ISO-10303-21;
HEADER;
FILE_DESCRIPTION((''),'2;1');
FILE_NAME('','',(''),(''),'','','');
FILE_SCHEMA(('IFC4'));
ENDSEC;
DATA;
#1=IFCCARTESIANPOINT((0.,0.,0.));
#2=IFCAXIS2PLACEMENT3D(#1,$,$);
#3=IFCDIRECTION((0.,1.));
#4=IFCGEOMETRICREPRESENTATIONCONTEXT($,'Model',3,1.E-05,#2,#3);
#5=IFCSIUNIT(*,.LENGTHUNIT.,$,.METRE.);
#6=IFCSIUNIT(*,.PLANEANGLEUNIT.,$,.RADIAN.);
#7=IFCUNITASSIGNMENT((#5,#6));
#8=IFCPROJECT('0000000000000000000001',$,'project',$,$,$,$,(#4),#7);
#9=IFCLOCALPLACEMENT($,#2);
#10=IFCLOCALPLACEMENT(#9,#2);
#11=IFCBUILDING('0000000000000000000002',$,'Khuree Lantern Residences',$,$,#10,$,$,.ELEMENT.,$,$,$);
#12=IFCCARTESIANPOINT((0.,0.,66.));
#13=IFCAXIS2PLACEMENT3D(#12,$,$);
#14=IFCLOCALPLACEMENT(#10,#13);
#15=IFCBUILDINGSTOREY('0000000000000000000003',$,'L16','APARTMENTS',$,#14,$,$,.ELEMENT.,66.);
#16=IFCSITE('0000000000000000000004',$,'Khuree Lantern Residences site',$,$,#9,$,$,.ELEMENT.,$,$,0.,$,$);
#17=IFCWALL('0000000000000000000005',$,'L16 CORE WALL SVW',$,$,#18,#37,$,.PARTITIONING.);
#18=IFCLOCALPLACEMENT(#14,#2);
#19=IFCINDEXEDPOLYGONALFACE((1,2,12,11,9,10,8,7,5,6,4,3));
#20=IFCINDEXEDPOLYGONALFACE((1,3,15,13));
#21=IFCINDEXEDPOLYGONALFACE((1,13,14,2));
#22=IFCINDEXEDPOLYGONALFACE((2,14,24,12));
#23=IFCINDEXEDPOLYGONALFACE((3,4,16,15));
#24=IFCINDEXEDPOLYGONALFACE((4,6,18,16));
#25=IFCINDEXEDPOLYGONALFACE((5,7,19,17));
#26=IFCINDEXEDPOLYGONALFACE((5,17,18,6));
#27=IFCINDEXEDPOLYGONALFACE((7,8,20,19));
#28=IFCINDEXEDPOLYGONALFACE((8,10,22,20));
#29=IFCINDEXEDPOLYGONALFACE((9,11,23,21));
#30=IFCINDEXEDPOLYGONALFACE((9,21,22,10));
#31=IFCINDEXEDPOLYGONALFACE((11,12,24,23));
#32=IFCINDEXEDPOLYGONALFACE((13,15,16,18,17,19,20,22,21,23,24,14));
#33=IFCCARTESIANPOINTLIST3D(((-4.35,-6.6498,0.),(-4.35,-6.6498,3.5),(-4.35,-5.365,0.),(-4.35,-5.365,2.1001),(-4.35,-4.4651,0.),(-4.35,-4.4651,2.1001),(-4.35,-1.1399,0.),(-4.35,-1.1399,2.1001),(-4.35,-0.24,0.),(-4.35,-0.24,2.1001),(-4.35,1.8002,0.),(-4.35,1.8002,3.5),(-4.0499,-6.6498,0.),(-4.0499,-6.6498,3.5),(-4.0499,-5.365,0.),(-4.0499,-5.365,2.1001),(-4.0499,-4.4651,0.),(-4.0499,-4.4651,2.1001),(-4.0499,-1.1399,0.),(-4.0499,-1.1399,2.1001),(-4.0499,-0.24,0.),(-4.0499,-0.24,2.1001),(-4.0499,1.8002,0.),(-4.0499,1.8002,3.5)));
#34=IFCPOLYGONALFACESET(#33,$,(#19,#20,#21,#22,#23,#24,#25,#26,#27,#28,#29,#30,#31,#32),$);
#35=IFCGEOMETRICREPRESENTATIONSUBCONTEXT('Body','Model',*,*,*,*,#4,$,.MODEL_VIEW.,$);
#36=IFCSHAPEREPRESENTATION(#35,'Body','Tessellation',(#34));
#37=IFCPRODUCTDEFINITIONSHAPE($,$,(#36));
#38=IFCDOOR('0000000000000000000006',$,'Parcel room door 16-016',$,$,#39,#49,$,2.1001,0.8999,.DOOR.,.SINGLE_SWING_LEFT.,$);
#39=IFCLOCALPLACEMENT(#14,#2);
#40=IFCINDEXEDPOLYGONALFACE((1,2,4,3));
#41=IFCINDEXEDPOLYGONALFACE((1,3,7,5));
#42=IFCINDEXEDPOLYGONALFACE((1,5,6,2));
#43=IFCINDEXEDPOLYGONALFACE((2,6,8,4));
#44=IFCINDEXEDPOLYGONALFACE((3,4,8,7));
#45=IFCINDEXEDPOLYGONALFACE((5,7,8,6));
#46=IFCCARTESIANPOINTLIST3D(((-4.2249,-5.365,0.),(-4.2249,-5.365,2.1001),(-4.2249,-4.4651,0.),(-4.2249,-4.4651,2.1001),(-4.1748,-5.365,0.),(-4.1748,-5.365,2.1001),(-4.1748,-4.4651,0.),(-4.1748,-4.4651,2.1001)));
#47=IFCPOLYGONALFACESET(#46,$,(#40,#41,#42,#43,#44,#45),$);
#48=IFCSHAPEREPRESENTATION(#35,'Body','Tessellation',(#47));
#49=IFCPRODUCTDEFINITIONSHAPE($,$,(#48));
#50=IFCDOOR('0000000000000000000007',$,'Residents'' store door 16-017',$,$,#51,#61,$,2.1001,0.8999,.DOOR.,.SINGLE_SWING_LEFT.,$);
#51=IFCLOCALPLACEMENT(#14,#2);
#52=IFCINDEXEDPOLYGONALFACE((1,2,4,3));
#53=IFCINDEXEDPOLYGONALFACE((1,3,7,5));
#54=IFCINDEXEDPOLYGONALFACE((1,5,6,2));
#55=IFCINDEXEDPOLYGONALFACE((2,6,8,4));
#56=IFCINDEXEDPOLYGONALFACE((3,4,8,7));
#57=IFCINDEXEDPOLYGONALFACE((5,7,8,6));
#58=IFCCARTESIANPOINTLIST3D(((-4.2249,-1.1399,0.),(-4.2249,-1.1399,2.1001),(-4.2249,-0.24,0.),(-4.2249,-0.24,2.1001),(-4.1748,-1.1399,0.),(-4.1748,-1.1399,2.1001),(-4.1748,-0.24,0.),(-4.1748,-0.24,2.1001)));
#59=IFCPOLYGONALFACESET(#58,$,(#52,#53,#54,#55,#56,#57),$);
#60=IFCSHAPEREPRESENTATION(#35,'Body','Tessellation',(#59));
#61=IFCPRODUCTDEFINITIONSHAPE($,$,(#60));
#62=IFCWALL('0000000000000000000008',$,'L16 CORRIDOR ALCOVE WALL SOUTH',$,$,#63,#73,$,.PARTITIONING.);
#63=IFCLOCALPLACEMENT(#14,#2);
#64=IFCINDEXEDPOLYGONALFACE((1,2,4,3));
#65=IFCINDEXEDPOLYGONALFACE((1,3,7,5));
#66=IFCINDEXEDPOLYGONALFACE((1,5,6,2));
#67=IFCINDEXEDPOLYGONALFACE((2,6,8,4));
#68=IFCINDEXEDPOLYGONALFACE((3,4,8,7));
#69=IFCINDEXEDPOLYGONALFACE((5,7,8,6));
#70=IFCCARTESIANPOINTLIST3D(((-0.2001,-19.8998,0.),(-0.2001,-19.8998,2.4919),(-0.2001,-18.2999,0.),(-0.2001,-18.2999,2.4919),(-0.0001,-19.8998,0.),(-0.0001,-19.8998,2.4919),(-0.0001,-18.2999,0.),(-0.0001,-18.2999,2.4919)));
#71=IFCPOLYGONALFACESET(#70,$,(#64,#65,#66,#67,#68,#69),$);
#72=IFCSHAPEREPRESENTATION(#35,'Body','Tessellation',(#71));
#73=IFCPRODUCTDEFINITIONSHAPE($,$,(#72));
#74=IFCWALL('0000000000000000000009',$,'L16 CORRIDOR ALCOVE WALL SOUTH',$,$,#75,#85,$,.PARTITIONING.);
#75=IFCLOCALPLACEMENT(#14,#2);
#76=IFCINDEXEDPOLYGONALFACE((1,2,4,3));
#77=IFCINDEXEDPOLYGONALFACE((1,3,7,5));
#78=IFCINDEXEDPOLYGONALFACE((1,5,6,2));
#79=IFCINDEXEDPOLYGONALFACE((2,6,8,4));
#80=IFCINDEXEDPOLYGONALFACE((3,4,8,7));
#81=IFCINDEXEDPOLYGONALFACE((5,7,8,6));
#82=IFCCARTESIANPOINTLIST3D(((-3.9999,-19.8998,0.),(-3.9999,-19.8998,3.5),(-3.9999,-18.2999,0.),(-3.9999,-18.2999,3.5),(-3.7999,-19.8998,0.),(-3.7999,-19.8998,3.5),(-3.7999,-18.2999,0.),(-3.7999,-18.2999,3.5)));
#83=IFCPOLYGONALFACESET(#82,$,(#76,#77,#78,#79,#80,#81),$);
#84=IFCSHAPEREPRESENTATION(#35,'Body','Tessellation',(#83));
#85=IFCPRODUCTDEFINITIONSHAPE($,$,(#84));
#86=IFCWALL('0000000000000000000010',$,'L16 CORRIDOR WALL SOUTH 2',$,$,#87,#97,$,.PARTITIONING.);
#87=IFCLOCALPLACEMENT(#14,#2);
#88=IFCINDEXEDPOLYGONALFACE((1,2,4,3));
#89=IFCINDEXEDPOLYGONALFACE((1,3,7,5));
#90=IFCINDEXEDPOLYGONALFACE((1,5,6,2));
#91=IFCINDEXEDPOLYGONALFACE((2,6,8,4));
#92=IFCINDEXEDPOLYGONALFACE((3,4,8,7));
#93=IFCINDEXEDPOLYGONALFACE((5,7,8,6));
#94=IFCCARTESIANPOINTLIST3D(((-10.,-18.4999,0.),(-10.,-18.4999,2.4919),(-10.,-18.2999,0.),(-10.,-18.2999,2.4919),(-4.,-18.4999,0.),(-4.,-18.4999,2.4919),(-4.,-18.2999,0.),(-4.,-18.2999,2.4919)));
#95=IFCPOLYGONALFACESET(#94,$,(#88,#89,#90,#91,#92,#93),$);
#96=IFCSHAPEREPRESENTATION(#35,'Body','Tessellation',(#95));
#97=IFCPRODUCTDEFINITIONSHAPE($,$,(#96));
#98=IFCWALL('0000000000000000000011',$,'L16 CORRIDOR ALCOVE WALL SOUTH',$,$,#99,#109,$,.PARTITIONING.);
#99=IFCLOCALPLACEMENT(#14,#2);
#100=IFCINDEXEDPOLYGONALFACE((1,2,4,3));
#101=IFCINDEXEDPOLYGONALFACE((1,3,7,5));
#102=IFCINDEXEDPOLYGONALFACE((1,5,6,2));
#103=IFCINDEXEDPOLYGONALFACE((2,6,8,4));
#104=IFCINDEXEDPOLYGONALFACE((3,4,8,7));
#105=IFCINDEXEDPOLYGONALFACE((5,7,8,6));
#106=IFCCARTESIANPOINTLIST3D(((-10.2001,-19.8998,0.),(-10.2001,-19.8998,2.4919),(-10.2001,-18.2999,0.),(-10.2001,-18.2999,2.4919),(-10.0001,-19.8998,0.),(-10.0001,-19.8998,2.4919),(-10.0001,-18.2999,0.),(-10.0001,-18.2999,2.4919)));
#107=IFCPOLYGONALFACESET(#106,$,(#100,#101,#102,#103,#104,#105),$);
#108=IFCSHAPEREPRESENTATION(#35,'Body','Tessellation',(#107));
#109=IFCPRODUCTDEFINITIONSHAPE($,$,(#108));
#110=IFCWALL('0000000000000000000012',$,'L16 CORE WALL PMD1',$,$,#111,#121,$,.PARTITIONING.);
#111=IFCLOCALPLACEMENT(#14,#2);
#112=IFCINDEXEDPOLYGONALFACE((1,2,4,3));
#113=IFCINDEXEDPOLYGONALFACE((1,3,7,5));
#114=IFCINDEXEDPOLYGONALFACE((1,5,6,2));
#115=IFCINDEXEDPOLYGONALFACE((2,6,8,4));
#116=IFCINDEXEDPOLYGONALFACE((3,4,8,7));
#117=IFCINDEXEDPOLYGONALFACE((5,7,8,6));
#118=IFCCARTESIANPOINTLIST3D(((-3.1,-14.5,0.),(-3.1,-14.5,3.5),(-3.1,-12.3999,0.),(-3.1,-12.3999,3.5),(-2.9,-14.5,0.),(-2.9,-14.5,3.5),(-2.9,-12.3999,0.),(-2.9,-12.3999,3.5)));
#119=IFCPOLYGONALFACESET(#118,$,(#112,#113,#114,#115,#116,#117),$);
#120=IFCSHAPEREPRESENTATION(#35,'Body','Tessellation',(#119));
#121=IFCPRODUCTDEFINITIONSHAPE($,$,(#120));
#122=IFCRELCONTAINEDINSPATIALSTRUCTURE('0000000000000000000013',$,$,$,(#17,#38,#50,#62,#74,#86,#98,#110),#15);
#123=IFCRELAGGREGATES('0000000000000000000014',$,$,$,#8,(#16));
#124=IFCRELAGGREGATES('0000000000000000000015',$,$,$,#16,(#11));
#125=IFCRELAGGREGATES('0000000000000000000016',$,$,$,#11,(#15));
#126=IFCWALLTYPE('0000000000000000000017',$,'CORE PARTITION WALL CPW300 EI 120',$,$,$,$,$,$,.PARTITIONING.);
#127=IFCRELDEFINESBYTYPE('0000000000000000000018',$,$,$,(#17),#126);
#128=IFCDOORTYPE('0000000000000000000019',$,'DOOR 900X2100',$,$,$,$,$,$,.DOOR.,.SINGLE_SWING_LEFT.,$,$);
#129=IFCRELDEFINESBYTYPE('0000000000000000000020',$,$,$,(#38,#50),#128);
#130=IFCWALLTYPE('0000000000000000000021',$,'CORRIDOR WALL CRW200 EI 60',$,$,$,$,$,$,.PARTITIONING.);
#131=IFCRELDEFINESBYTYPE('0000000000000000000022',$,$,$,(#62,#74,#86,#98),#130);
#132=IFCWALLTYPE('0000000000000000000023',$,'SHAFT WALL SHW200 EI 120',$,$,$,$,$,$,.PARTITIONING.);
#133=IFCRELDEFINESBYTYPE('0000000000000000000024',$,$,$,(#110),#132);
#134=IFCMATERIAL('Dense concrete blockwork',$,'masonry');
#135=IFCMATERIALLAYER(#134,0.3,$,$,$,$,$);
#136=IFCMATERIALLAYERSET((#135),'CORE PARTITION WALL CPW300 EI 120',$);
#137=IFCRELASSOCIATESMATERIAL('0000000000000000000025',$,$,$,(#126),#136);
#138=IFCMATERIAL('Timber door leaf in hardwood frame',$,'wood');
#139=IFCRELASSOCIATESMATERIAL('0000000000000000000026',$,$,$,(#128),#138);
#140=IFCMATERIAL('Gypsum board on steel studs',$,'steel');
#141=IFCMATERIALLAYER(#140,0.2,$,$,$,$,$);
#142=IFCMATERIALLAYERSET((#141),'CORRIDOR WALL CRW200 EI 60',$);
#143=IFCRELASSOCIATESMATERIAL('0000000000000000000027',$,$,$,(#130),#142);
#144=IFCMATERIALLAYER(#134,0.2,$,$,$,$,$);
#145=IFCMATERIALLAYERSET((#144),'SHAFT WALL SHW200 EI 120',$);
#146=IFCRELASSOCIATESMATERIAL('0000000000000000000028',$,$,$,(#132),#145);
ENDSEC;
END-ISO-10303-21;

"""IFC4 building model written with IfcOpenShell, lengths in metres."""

from ifc_helpers import new_model, si_unit, direction, frame, frame_2d, origin, place, context, subcontext, project, spatial, rectangle, extrude, material, layer, layer_set, type_object, element, fill, save


model = new_model("IFC4")

# Units and contexts
model_context = context("Model", 3, precision=1e-05, world=origin(), true_north=direction((0.0, 1.0)))
body_context = subcontext(model_context, "Body", "Model", "MODEL_VIEW")
ifc_project = project(units=[si_unit("LENGTHUNIT", "METRE"), si_unit("PLANEANGLEUNIT", "RADIAN")], contexts=[model_context])

# Site, building, storey
site_placement = place(None, origin())
site = spatial("IfcSite", under=ifc_project, at=site_placement, Name="Khuree Lantern Residences site", CompositionType="ELEMENT", RefElevation=0.0)
building_placement = place(site_placement, origin())
building = spatial("IfcBuilding", under=site, at=building_placement, Name="Khuree Lantern Residences", CompositionType="ELEMENT")
storey_placement = place(building_placement, frame((0.0, 0.0, 66.0)))
storey = spatial("IfcBuildingStorey", under=building, at=storey_placement, Name="L16", Description="APARTMENTS", CompositionType="ELEMENT", Elevation=66.0)

# Shared definitions
ifc_material_1 = material(Name="Dense concrete blockwork", Category="masonry")
ifc_layer_1 = layer(ifc_material_1, 0.3)
ifc_layer_set_1 = layer_set([ifc_layer_1], Name="CORE PARTITION WALL CPW300 EI 120")
wall_type_1 = type_object("IfcWallType", Name="CORE PARTITION WALL CPW300 EI 120", PredefinedType="PARTITIONING", material=ifc_layer_set_1)

# Wall, openings, doors
wall_1_placement = place(storey_placement, frame((-4.2, -6.6499, 0.0), z_axis=(0.0, 0.0, 1.0), x_axis=(0.0, 1.0, 0.0)))
wall_1 = element("IfcWall", 1, at=wall_1_placement, inside=storey, type_object=wall_type_1, Name="L16 CORE WALL SVW", PredefinedType="PARTITIONING", context=body_context, shape_type="SweptSolid", body=[
    extrude(rectangle(XDim=8.45, YDim=0.3, at=frame_2d((4.2251, 0.0))), origin(), (0.0, 0.0, 1.0), 3.5),
])
opening_1_placement = place(wall_1_placement, frame((1.2849, 0.0, 0.0)))
opening_1 = element("IfcOpeningElement", 2, at=opening_1_placement, cuts=wall_1, PredefinedType="OPENING", context=body_context, shape_type="SweptSolid", body=[
    extrude(rectangle(XDim=0.8999, YDim=2.1001, at=frame_2d((0.45, 1.05))), frame((0.0, 0.1602, 0.0), z_axis=(0.0, -1.0, 0.0), x_axis=(1.0, 0.0, 0.0)), (0.0, 0.0, 1.0), 0.3201),
])
opening_2_placement = place(wall_1_placement, frame((5.51, 0.0, 0.0)))
opening_2 = element("IfcOpeningElement", 3, at=opening_2_placement, cuts=wall_1, PredefinedType="OPENING", context=body_context, shape_type="SweptSolid", body=[
    extrude(rectangle(XDim=0.8999, YDim=2.1001, at=frame_2d((0.45, 1.05))), frame((0.0, 0.1602, 0.0), z_axis=(0.0, -1.0, 0.0), x_axis=(1.0, 0.0, 0.0)), (0.0, 0.0, 1.0), 0.3201),
])
ifc_material_2 = material(Name="Timber door leaf in hardwood frame", Category="wood")
door_type_1 = type_object("IfcDoorType", Name="DOOR 900X2100", OperationType="SINGLE_SWING_LEFT", PredefinedType="DOOR", material=ifc_material_2)
door_1_placement = place(opening_1_placement, origin())
door_1 = element("IfcDoor", 4, at=door_1_placement, inside=storey, type_object=door_type_1, Name="Parcel room door 16-016", OperationType="SINGLE_SWING_LEFT", OverallHeight=2.1001, OverallWidth=0.8999, PredefinedType="DOOR", context=body_context, shape_type="SweptSolid", body=[
    extrude(rectangle(XDim=0.8999, YDim=2.1001, at=frame_2d((0.45, 1.05))), frame((0.0, 0.0249, 0.0), z_axis=(0.0, -1.0, 0.0), x_axis=(1.0, 0.0, 0.0)), (0.0, 0.0, 1.0), 0.05),
])
fill(opening_1, door_1)
door_2_placement = place(opening_2_placement, origin())
door_2 = element("IfcDoor", 5, at=door_2_placement, inside=storey, type_object=door_type_1, Name="Residents' store door 16-017", OperationType="SINGLE_SWING_LEFT", OverallHeight=2.1001, OverallWidth=0.8999, PredefinedType="DOOR", context=body_context, shape_type="SweptSolid", body=[
    extrude(rectangle(XDim=0.8999, YDim=2.1001, at=frame_2d((0.45, 1.05))), frame((0.0, 0.0249, 0.0), z_axis=(0.0, -1.0, 0.0), x_axis=(1.0, 0.0, 0.0)), (0.0, 0.0, 1.0), 0.05),
])
fill(opening_2, door_2)

# Walls
ifc_material_3 = material(Name="Gypsum board on steel studs", Category="steel")
ifc_layer_2 = layer(ifc_material_3, 0.2)
ifc_layer_set_2 = layer_set([ifc_layer_2], Name="CORRIDOR WALL CRW200 EI 60")
wall_type_2 = type_object("IfcWallType", Name="CORRIDOR WALL CRW200 EI 60", PredefinedType="PARTITIONING", material=ifc_layer_set_2)
wall_2_placement = place(storey_placement, frame((-0.1001, -18.3, 0.0), z_axis=(0.0, 0.0, 1.0), x_axis=(0.0, -1.0, 0.0)))
element("IfcWall", 6, at=wall_2_placement, inside=storey, type_object=wall_type_2, Name="L16 CORRIDOR ALCOVE WALL SOUTH", PredefinedType="PARTITIONING", context=body_context, shape_type="SweptSolid", body=[
    extrude(rectangle(XDim=1.5999, YDim=0.2, at=frame_2d((0.7998, 0.0))), origin(), (0.0, 0.0, 1.0), 2.4919),
])
wall_3_placement = place(storey_placement, frame((-3.8999, -18.3, 0.0), z_axis=(0.0, 0.0, 1.0), x_axis=(0.0, -1.0, 0.0)))
element("IfcWall", 7, at=wall_3_placement, inside=storey, type_object=wall_type_2, Name="L16 CORRIDOR ALCOVE WALL SOUTH", PredefinedType="PARTITIONING", context=body_context, shape_type="SweptSolid", body=[
    extrude(rectangle(XDim=1.5999, YDim=0.2, at=frame_2d((0.7998, 0.0))), origin(), (0.0, 0.0, 1.0), 3.5),
])
wall_4_placement = place(storey_placement, frame((-4.0, -18.3999, 0.0), z_axis=(0.0, 0.0, 1.0), x_axis=(-1.0, 0.0, 0.0)))
element("IfcWall", 8, at=wall_4_placement, inside=storey, type_object=wall_type_2, Name="L16 CORRIDOR WALL SOUTH 2", PredefinedType="PARTITIONING", context=body_context, shape_type="SweptSolid", body=[
    extrude(rectangle(XDim=6.0, YDim=0.2, at=frame_2d((3.0, 0.0))), origin(), (0.0, 0.0, 1.0), 2.4919),
])
wall_5_placement = place(storey_placement, frame((-10.1001, -18.3, 0.0), z_axis=(0.0, 0.0, 1.0), x_axis=(0.0, -1.0, 0.0)))
element("IfcWall", 9, at=wall_5_placement, inside=storey, type_object=wall_type_2, Name="L16 CORRIDOR ALCOVE WALL SOUTH", PredefinedType="PARTITIONING", context=body_context, shape_type="SweptSolid", body=[
    extrude(rectangle(XDim=1.5999, YDim=0.2, at=frame_2d((0.7998, 0.0))), origin(), (0.0, 0.0, 1.0), 2.4919),
])
ifc_layer_3 = layer(ifc_material_1, 0.2)
ifc_layer_set_3 = layer_set([ifc_layer_3], Name="SHAFT WALL SHW200 EI 120")
wall_type_3 = type_object("IfcWallType", Name="SHAFT WALL SHW200 EI 120", PredefinedType="PARTITIONING", material=ifc_layer_set_3)
wall_6_placement = place(storey_placement, frame((-3.0, -14.5, 0.0), z_axis=(0.0, 0.0, 1.0), x_axis=(0.0, 1.0, 0.0)))
element("IfcWall", 10, at=wall_6_placement, inside=storey, type_object=wall_type_3, Name="L16 CORE WALL PMD1", PredefinedType="PARTITIONING", context=body_context, shape_type="SweptSolid", body=[
    extrude(rectangle(XDim=2.1001, YDim=0.2, at=frame_2d((1.05, 0.0))), origin(), (0.0, 0.0, 1.0), 3.5),
])

save(model, "model.ifc")
